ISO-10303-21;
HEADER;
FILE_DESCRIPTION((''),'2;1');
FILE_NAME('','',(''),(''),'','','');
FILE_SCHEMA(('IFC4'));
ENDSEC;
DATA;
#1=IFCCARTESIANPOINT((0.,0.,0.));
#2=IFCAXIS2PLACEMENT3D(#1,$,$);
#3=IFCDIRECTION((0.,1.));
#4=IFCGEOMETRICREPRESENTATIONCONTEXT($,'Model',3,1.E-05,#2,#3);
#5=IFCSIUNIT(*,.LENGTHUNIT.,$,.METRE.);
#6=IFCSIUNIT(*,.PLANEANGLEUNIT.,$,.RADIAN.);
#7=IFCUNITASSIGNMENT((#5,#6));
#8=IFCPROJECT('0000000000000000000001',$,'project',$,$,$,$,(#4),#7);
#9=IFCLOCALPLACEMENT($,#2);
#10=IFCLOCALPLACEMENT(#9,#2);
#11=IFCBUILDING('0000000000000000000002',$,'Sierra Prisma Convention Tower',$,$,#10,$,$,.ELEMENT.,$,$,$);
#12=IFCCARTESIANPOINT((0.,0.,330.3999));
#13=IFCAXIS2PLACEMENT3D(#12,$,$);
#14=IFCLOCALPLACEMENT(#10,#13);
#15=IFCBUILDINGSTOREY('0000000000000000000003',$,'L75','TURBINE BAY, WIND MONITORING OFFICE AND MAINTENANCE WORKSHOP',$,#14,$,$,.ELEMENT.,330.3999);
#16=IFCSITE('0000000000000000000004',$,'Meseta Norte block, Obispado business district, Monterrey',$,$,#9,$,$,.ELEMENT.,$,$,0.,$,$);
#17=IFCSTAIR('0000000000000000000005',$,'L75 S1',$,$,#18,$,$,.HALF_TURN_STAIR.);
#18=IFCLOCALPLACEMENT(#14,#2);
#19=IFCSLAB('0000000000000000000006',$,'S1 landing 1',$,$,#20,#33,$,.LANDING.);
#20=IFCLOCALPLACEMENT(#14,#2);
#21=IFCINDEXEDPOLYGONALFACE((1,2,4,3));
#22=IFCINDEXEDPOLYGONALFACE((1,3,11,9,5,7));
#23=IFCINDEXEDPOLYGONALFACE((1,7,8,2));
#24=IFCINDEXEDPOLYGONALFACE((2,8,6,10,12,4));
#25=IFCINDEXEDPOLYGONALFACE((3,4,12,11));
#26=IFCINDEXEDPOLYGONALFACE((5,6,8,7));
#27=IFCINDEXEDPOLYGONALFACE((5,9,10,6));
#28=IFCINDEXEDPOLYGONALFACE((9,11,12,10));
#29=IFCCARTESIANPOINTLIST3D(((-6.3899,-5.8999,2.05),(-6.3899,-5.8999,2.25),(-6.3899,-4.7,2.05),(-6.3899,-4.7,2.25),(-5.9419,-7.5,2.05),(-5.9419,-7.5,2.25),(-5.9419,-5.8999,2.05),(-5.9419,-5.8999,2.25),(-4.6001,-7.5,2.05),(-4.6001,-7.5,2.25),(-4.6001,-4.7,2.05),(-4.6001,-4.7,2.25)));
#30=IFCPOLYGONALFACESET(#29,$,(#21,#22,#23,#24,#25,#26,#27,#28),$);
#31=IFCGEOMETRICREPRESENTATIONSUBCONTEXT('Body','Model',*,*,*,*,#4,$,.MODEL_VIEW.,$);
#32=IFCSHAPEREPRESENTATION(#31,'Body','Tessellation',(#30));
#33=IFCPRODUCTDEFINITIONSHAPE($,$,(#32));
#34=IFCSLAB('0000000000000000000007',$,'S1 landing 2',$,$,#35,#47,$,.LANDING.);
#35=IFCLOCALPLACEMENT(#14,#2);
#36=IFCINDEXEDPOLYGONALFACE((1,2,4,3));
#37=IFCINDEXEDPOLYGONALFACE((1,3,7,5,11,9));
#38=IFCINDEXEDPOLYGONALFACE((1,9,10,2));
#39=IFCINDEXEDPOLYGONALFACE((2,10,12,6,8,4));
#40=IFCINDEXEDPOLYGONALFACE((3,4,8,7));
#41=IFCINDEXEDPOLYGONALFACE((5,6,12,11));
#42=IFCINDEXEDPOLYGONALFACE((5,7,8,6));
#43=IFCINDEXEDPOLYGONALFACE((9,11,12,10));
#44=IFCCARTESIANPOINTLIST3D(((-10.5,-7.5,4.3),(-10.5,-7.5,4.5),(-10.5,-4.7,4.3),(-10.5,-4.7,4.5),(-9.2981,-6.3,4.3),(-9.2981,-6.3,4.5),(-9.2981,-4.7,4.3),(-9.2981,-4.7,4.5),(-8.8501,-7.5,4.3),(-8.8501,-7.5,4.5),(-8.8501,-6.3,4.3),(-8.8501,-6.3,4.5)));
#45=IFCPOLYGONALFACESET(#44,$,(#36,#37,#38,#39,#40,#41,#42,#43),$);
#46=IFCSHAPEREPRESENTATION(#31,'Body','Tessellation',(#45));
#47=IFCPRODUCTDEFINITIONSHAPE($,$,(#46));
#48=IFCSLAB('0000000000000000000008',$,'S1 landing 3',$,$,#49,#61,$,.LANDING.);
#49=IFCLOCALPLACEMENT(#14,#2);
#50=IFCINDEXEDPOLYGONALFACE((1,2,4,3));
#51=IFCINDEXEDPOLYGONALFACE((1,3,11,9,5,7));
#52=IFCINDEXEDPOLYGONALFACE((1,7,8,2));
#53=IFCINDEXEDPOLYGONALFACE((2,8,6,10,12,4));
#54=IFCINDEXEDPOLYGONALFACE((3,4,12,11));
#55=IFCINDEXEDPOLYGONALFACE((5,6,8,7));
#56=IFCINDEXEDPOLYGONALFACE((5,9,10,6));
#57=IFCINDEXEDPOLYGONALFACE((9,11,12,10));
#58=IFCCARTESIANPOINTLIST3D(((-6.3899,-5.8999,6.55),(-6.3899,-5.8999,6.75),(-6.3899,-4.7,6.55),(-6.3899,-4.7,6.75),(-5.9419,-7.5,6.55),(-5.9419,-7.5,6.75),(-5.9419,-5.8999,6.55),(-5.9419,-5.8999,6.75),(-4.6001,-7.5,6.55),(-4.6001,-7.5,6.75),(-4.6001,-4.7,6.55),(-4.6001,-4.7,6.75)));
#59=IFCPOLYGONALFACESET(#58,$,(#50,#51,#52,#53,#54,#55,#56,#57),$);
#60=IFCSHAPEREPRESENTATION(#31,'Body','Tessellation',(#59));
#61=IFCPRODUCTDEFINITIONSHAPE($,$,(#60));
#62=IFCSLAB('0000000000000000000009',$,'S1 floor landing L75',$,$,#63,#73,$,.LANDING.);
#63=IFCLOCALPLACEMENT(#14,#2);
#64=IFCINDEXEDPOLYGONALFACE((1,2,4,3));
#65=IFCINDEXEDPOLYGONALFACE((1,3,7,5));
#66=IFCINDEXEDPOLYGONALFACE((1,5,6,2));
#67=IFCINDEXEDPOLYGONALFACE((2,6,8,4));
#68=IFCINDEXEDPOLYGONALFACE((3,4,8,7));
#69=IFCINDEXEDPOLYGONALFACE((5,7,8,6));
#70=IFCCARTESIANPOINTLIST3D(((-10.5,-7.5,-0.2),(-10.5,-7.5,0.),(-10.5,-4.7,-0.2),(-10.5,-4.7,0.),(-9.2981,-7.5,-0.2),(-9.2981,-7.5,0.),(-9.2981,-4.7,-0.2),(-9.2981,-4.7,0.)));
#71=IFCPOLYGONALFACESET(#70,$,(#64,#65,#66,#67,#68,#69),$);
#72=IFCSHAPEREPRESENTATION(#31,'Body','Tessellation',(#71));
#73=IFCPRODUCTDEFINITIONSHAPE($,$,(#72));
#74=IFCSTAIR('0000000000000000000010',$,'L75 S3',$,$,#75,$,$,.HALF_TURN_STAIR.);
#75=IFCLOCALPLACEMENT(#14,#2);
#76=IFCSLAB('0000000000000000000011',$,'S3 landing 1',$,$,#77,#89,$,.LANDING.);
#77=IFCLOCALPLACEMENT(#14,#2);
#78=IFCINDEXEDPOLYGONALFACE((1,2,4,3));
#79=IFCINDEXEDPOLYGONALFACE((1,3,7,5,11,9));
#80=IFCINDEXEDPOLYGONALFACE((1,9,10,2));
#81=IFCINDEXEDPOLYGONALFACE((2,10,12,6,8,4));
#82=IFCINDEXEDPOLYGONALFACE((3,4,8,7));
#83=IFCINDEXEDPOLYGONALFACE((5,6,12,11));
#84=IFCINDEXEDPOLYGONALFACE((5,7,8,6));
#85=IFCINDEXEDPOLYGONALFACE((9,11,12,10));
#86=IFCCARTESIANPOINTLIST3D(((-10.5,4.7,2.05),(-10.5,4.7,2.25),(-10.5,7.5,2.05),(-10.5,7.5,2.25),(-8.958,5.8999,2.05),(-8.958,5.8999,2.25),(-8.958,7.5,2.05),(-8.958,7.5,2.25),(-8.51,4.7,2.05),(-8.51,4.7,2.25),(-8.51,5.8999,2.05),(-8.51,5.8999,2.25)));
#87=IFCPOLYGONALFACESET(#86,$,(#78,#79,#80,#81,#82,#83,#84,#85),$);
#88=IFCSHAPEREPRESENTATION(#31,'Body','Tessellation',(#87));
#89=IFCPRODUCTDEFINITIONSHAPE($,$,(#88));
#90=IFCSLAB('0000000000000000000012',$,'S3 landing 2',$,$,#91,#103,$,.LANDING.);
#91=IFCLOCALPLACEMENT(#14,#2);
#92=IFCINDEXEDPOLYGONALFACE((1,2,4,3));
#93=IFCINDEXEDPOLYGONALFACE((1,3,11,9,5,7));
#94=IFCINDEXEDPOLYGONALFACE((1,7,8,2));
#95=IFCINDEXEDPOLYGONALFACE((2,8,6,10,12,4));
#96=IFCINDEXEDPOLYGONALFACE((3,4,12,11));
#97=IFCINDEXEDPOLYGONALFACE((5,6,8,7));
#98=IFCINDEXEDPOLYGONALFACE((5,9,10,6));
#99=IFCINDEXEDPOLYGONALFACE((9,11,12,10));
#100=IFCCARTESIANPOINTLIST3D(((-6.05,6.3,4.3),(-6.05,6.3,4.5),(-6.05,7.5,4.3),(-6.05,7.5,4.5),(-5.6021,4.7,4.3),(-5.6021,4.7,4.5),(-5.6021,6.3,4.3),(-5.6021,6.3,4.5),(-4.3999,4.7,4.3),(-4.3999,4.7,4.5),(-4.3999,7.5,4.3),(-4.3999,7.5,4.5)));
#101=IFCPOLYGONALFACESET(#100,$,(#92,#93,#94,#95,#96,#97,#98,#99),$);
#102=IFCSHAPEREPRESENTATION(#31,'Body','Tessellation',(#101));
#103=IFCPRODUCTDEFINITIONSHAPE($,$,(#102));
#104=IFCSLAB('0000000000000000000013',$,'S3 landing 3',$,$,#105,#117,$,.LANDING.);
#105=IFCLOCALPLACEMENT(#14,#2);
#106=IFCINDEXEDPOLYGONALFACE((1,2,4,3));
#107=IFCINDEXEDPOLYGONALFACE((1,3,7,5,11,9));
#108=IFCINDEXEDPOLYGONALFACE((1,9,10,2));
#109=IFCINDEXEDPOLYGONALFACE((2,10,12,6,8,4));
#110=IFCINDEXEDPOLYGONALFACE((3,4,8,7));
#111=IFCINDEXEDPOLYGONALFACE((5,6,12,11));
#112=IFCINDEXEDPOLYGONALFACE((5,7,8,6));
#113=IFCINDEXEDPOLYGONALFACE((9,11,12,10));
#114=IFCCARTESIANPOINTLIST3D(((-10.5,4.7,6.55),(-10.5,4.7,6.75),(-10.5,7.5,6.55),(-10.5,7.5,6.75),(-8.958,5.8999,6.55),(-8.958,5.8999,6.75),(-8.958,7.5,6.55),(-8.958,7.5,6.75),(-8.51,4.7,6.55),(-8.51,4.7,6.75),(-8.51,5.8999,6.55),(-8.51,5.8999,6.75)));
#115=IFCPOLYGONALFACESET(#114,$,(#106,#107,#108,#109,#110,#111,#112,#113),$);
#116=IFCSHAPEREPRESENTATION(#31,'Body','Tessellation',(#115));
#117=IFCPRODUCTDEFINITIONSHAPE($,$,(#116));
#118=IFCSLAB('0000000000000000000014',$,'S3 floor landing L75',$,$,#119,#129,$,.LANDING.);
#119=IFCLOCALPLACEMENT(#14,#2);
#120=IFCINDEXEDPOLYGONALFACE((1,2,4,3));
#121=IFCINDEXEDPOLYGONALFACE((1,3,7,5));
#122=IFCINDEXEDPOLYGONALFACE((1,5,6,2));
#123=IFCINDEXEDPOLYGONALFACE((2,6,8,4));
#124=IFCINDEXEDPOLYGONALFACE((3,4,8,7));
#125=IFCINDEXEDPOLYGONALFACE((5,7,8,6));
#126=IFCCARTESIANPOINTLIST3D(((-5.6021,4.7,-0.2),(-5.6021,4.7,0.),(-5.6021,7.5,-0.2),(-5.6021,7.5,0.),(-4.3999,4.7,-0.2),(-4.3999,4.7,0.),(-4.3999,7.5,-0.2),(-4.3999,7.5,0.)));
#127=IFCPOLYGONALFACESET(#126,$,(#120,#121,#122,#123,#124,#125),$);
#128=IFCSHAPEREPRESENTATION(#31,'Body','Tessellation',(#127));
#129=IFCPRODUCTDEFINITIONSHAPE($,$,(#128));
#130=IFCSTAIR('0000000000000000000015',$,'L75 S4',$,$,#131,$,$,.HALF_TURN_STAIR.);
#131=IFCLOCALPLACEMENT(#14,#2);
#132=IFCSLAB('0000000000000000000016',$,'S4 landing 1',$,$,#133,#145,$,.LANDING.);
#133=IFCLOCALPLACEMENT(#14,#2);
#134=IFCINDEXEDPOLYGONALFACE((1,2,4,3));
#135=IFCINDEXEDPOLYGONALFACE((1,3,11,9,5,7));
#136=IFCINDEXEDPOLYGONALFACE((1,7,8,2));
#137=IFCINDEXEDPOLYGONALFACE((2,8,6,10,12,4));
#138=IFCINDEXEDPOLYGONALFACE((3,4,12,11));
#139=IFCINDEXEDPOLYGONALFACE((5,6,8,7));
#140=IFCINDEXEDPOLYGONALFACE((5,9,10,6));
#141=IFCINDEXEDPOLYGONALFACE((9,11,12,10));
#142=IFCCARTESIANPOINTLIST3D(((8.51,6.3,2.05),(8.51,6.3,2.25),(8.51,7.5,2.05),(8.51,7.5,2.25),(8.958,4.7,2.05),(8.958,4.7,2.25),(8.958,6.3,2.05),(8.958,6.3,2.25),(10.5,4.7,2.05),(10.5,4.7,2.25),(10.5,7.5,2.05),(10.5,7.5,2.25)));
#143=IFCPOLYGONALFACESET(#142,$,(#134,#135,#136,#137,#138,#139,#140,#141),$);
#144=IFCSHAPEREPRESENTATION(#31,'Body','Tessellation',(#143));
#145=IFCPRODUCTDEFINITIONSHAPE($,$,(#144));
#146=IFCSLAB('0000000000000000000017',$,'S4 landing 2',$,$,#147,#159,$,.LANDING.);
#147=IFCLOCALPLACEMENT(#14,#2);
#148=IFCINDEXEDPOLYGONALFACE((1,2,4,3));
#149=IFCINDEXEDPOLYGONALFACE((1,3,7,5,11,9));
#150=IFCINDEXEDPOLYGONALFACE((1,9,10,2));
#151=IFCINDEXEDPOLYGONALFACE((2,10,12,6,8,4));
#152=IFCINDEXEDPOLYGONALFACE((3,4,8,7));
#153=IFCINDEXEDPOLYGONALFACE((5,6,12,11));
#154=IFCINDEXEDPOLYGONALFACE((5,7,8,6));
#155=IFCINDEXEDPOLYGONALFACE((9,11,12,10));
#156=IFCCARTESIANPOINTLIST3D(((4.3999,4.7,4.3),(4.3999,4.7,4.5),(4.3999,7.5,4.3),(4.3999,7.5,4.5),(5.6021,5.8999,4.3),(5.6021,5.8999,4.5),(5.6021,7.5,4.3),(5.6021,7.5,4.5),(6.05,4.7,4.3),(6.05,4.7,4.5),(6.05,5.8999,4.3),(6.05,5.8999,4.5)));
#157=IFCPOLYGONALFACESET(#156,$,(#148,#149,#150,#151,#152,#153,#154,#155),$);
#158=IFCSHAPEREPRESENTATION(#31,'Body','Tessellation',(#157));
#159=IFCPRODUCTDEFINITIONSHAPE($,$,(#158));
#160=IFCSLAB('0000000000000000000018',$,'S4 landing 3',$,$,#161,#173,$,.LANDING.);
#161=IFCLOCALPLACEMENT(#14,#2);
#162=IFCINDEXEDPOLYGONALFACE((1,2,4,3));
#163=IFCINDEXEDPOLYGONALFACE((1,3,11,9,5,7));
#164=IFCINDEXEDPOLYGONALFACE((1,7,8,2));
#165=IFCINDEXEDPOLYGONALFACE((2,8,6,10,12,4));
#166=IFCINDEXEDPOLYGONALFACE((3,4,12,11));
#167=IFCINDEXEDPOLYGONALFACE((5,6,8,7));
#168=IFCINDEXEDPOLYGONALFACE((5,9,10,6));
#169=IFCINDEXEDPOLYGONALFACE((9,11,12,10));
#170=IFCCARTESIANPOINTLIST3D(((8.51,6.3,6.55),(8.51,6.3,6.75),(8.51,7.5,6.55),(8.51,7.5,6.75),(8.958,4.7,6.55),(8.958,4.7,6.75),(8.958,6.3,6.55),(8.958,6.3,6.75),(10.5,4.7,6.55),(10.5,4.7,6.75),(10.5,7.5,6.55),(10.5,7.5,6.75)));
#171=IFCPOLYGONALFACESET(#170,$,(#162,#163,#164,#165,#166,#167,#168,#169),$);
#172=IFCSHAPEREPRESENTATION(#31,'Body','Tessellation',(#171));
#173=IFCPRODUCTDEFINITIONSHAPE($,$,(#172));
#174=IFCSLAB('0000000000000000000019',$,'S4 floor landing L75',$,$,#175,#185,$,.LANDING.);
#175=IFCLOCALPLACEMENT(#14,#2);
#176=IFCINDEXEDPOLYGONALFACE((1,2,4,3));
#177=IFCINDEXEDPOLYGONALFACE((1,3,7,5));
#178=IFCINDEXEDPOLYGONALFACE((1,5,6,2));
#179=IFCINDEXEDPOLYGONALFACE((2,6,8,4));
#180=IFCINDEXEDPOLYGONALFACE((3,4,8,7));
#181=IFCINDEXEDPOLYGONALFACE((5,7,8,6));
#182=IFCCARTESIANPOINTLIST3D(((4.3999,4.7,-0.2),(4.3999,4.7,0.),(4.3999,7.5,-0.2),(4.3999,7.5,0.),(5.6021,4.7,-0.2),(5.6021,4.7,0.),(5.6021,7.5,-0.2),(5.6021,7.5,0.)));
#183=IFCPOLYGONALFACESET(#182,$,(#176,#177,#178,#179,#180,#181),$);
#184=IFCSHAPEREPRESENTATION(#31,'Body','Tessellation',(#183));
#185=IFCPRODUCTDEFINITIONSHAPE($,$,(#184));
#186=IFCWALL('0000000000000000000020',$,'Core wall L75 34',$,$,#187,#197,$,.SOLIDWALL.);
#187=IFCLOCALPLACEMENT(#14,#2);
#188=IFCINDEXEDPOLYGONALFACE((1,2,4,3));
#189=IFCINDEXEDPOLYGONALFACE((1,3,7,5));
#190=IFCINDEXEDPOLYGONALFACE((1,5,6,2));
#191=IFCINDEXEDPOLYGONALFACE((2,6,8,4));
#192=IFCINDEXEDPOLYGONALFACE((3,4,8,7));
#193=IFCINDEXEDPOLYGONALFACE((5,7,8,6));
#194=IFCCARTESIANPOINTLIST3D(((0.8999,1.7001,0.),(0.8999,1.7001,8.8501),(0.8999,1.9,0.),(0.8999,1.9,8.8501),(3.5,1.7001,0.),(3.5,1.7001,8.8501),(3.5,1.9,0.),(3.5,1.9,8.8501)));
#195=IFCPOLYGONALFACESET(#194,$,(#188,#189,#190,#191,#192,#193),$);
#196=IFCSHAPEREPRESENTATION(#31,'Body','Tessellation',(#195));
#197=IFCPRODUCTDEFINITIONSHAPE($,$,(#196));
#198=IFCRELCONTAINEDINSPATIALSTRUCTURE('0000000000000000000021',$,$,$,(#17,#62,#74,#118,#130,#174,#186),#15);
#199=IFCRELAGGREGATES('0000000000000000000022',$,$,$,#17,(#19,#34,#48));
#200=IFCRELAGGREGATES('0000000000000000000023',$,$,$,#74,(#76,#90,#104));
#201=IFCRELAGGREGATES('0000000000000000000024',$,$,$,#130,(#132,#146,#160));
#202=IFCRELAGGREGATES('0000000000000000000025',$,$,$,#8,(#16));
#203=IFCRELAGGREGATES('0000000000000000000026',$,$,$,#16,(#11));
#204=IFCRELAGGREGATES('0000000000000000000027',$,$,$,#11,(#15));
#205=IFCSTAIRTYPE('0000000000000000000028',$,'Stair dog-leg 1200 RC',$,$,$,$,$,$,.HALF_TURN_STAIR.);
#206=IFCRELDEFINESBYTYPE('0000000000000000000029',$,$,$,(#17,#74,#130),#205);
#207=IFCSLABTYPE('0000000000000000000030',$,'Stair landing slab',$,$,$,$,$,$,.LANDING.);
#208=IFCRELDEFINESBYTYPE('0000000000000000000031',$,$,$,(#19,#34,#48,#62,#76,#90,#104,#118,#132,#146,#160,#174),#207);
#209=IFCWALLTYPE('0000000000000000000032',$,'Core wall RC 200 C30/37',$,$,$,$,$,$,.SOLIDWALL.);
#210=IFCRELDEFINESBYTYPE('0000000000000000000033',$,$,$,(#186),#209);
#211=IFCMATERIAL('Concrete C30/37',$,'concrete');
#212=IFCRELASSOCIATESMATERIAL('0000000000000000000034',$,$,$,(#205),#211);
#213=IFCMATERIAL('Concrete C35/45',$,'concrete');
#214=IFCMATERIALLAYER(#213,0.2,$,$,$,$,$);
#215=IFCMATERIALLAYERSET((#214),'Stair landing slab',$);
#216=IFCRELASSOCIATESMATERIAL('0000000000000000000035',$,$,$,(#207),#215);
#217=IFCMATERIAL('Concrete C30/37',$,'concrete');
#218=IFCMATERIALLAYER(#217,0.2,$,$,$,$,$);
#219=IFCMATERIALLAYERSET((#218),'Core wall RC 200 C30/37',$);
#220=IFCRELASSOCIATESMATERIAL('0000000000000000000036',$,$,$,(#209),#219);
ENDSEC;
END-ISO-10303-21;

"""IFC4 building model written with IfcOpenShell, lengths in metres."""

from ifc_helpers import new_model, si_unit, direction, frame, frame_2d, origin, place, context, subcontext, project, spatial, polyline, rectangle, outline, extrude, material, layer, layer_set, type_object, element, aggregate, save


model = new_model("IFC4")

# Units and contexts
model_context = context("Model", 3, precision=1e-05, world=origin(), true_north=direction((0.0, 1.0)))
body_context = subcontext(model_context, "Body", "Model", "MODEL_VIEW")
ifc_project = project(units=[si_unit("LENGTHUNIT", "METRE"), si_unit("PLANEANGLEUNIT", "RADIAN")], contexts=[model_context])

# Site, building, storey
site_placement = place(None, origin())
site = spatial("IfcSite", under=ifc_project, at=site_placement, Name="Meseta Norte block, Obispado business district, Monterrey", CompositionType="ELEMENT", RefElevation=0.0)
building_placement = place(site_placement, origin())
building = spatial("IfcBuilding", under=site, at=building_placement, Name="Sierra Prisma Convention Tower", CompositionType="ELEMENT")
storey_placement = place(building_placement, frame((0.0, 0.0, 330.3999)))
storey = spatial("IfcBuildingStorey", under=building, at=storey_placement, Name="L75", Description="TURBINE BAY, WIND MONITORING OFFICE AND MAINTENANCE WORKSHOP", CompositionType="ELEMENT", Elevation=330.3999)

# Stair, slabs
ifc_material_1 = material(Name="Concrete C30/37", Category="concrete")
stair_type = type_object("IfcStairType", Name="Stair dog-leg 1200 RC", PredefinedType="HALF_TURN_STAIR", material=ifc_material_1)
stair_1_placement = place(storey_placement, origin())
stair_1 = element("IfcStair", 1, at=stair_1_placement, inside=storey, type_object=stair_type, Name="L75 S1", PredefinedType="HALF_TURN_STAIR")
ifc_material_2 = material(Name="Concrete C35/45", Category="concrete")
ifc_layer_1 = layer(ifc_material_2, 0.2)
ifc_layer_set_1 = layer_set([ifc_layer_1], Name="Stair landing slab")
slab_type = type_object("IfcSlabType", Name="Stair landing slab", PredefinedType="LANDING", material=ifc_layer_set_1)
slab_1_placement = place(storey_placement, frame((0.0, 0.0, 2.05)))
slab_1 = element("IfcSlab", 2, at=slab_1_placement, type_object=slab_type, Name="S1 landing 1", PredefinedType="LANDING", context=body_context, shape_type="SweptSolid", body=[
    extrude(outline(polyline([(-4.6001, -4.7), (-4.6001, -7.5), (-5.9419, -7.5), (-5.9419, -5.8999), (-6.3899, -5.8999), (-6.3899, -4.7), (-4.6001, -4.7)])), origin(), (0.0, 0.0, 1.0), 0.2),
])
slab_2_placement = place(storey_placement, frame((0.0, 0.0, 4.3)))
slab_2 = element("IfcSlab", 3, at=slab_2_placement, type_object=slab_type, Name="S1 landing 2", PredefinedType="LANDING", context=body_context, shape_type="SweptSolid", body=[
    extrude(outline(polyline([(-10.5, -7.5), (-10.5, -4.7), (-9.2981, -4.7), (-9.2981, -6.3), (-8.8501, -6.3), (-8.8501, -7.5), (-10.5, -7.5)])), origin(), (0.0, 0.0, 1.0), 0.2),
])
slab_3_placement = place(storey_placement, frame((0.0, 0.0, 6.55)))
slab_3 = element("IfcSlab", 4, at=slab_3_placement, type_object=slab_type, Name="S1 landing 3", PredefinedType="LANDING", context=body_context, shape_type="SweptSolid", body=[
    extrude(outline(polyline([(-4.6001, -4.7), (-4.6001, -7.5), (-5.9419, -7.5), (-5.9419, -5.8999), (-6.3899, -5.8999), (-6.3899, -4.7), (-4.6001, -4.7)])), origin(), (0.0, 0.0, 1.0), 0.2),
])
aggregate(stair_1, [slab_1, slab_2, slab_3])

# Slab
slab_4_placement = place(storey_placement, frame((0.0, 0.0, -0.2)))
element("IfcSlab", 5, at=slab_4_placement, inside=storey, type_object=slab_type, Name="S1 floor landing L75", PredefinedType="LANDING", context=body_context, shape_type="SweptSolid", body=[
    extrude(outline(polyline([(-10.5, -7.5), (-9.2981, -7.5), (-9.2981, -4.7), (-10.5, -4.7), (-10.5, -7.5)])), origin(), (0.0, 0.0, 1.0), 0.2),
])

# Stair, slabs
stair_2_placement = place(storey_placement, origin())
stair_2 = element("IfcStair", 6, at=stair_2_placement, inside=storey, type_object=stair_type, Name="L75 S3", PredefinedType="HALF_TURN_STAIR")
slab_5_placement = place(storey_placement, frame((0.0, 0.0, 2.05)))
slab_5 = element("IfcSlab", 7, at=slab_5_placement, type_object=slab_type, Name="S3 landing 1", PredefinedType="LANDING", context=body_context, shape_type="SweptSolid", body=[
    extrude(outline(polyline([(-8.51, 5.8999), (-8.51, 4.7), (-10.5, 4.7), (-10.5, 7.5), (-8.958, 7.5), (-8.958, 5.8999), (-8.51, 5.8999)])), origin(), (0.0, 0.0, 1.0), 0.2),
])
slab_6_placement = place(storey_placement, frame((0.0, 0.0, 4.3)))
slab_6 = element("IfcSlab", 8, at=slab_6_placement, type_object=slab_type, Name="S3 landing 2", PredefinedType="LANDING", context=body_context, shape_type="SweptSolid", body=[
    extrude(outline(polyline([(-4.3999, 7.5), (-4.3999, 4.7), (-5.6021, 4.7), (-5.6021, 6.3), (-6.05, 6.3), (-6.05, 7.5), (-4.3999, 7.5)])), origin(), (0.0, 0.0, 1.0), 0.2),
])
slab_7_placement = place(storey_placement, frame((0.0, 0.0, 6.55)))
slab_7 = element("IfcSlab", 9, at=slab_7_placement, type_object=slab_type, Name="S3 landing 3", PredefinedType="LANDING", context=body_context, shape_type="SweptSolid", body=[
    extrude(outline(polyline([(-8.51, 5.8999), (-8.51, 4.7), (-10.5, 4.7), (-10.5, 7.5), (-8.958, 7.5), (-8.958, 5.8999), (-8.51, 5.8999)])), origin(), (0.0, 0.0, 1.0), 0.2),
])
aggregate(stair_2, [slab_5, slab_6, slab_7])

# Slab
slab_8_placement = place(storey_placement, frame((0.0, 0.0, -0.2)))
element("IfcSlab", 10, at=slab_8_placement, inside=storey, type_object=slab_type, Name="S3 floor landing L75", PredefinedType="LANDING", context=body_context, shape_type="SweptSolid", body=[
    extrude(outline(polyline([(-4.3999, 7.5), (-5.6021, 7.5), (-5.6021, 4.7), (-4.3999, 4.7), (-4.3999, 7.5)])), origin(), (0.0, 0.0, 1.0), 0.2),
])

# Stair, slabs
stair_3_placement = place(storey_placement, origin())
stair_3 = element("IfcStair", 11, at=stair_3_placement, inside=storey, type_object=stair_type, Name="L75 S4", PredefinedType="HALF_TURN_STAIR")
slab_9_placement = place(storey_placement, frame((0.0, 0.0, 2.05)))
slab_9 = element("IfcSlab", 12, at=slab_9_placement, type_object=slab_type, Name="S4 landing 1", PredefinedType="LANDING", context=body_context, shape_type="SweptSolid", body=[
    extrude(outline(polyline([(10.5, 7.5), (10.5, 4.7), (8.958, 4.7), (8.958, 6.3), (8.51, 6.3), (8.51, 7.5), (10.5, 7.5)])), origin(), (0.0, 0.0, 1.0), 0.2),
])
slab_10_placement = place(storey_placement, frame((0.0, 0.0, 4.3)))
slab_10 = element("IfcSlab", 13, at=slab_10_placement, type_object=slab_type, Name="S4 landing 2", PredefinedType="LANDING", context=body_context, shape_type="SweptSolid", body=[
    extrude(outline(polyline([(4.3999, 4.7), (4.3999, 7.5), (5.6021, 7.5), (5.6021, 5.8999), (6.05, 5.8999), (6.05, 4.7), (4.3999, 4.7)])), origin(), (0.0, 0.0, 1.0), 0.2),
])
slab_11_placement = place(storey_placement, frame((0.0, 0.0, 6.55)))
slab_11 = element("IfcSlab", 14, at=slab_11_placement, type_object=slab_type, Name="S4 landing 3", PredefinedType="LANDING", context=body_context, shape_type="SweptSolid", body=[
    extrude(outline(polyline([(10.5, 7.5), (10.5, 4.7), (8.958, 4.7), (8.958, 6.3), (8.51, 6.3), (8.51, 7.5), (10.5, 7.5)])), origin(), (0.0, 0.0, 1.0), 0.2),
])
aggregate(stair_3, [slab_9, slab_10, slab_11])

# Slab
slab_12_placement = place(storey_placement, frame((0.0, 0.0, -0.2)))
element("IfcSlab", 15, at=slab_12_placement, inside=storey, type_object=slab_type, Name="S4 floor landing L75", PredefinedType="LANDING", context=body_context, shape_type="SweptSolid", body=[
    extrude(outline(polyline([(4.3999, 4.7), (5.6021, 4.7), (5.6021, 7.5), (4.3999, 7.5), (4.3999, 4.7)])), origin(), (0.0, 0.0, 1.0), 0.2),
])

# Shared definitions
ifc_material_3 = material(Name="Concrete C30/37", Category="concrete")
ifc_layer_2 = layer(ifc_material_3, 0.2)
ifc_layer_set_2 = layer_set([ifc_layer_2], Name="Core wall RC 200 C30/37")
wall_type = type_object("IfcWallType", Name="Core wall RC 200 C30/37", PredefinedType="SOLIDWALL", material=ifc_layer_set_2)

# Wall
wall_1_placement = place(storey_placement, frame((3.5, 1.8, 0.0), z_axis=(0.0, 0.0, 1.0), x_axis=(-1.0, 0.0, 0.0)))
element("IfcWall", 16, at=wall_1_placement, inside=storey, type_object=wall_type, Name="Core wall L75 34", PredefinedType="SOLIDWALL", context=body_context, shape_type="SweptSolid", body=[
    extrude(rectangle(XDim=2.6001, YDim=0.2, at=frame_2d((1.3, 0.0))), origin(), (0.0, 0.0, 1.0), 8.8501),
])

save(model, "model.ifc")
